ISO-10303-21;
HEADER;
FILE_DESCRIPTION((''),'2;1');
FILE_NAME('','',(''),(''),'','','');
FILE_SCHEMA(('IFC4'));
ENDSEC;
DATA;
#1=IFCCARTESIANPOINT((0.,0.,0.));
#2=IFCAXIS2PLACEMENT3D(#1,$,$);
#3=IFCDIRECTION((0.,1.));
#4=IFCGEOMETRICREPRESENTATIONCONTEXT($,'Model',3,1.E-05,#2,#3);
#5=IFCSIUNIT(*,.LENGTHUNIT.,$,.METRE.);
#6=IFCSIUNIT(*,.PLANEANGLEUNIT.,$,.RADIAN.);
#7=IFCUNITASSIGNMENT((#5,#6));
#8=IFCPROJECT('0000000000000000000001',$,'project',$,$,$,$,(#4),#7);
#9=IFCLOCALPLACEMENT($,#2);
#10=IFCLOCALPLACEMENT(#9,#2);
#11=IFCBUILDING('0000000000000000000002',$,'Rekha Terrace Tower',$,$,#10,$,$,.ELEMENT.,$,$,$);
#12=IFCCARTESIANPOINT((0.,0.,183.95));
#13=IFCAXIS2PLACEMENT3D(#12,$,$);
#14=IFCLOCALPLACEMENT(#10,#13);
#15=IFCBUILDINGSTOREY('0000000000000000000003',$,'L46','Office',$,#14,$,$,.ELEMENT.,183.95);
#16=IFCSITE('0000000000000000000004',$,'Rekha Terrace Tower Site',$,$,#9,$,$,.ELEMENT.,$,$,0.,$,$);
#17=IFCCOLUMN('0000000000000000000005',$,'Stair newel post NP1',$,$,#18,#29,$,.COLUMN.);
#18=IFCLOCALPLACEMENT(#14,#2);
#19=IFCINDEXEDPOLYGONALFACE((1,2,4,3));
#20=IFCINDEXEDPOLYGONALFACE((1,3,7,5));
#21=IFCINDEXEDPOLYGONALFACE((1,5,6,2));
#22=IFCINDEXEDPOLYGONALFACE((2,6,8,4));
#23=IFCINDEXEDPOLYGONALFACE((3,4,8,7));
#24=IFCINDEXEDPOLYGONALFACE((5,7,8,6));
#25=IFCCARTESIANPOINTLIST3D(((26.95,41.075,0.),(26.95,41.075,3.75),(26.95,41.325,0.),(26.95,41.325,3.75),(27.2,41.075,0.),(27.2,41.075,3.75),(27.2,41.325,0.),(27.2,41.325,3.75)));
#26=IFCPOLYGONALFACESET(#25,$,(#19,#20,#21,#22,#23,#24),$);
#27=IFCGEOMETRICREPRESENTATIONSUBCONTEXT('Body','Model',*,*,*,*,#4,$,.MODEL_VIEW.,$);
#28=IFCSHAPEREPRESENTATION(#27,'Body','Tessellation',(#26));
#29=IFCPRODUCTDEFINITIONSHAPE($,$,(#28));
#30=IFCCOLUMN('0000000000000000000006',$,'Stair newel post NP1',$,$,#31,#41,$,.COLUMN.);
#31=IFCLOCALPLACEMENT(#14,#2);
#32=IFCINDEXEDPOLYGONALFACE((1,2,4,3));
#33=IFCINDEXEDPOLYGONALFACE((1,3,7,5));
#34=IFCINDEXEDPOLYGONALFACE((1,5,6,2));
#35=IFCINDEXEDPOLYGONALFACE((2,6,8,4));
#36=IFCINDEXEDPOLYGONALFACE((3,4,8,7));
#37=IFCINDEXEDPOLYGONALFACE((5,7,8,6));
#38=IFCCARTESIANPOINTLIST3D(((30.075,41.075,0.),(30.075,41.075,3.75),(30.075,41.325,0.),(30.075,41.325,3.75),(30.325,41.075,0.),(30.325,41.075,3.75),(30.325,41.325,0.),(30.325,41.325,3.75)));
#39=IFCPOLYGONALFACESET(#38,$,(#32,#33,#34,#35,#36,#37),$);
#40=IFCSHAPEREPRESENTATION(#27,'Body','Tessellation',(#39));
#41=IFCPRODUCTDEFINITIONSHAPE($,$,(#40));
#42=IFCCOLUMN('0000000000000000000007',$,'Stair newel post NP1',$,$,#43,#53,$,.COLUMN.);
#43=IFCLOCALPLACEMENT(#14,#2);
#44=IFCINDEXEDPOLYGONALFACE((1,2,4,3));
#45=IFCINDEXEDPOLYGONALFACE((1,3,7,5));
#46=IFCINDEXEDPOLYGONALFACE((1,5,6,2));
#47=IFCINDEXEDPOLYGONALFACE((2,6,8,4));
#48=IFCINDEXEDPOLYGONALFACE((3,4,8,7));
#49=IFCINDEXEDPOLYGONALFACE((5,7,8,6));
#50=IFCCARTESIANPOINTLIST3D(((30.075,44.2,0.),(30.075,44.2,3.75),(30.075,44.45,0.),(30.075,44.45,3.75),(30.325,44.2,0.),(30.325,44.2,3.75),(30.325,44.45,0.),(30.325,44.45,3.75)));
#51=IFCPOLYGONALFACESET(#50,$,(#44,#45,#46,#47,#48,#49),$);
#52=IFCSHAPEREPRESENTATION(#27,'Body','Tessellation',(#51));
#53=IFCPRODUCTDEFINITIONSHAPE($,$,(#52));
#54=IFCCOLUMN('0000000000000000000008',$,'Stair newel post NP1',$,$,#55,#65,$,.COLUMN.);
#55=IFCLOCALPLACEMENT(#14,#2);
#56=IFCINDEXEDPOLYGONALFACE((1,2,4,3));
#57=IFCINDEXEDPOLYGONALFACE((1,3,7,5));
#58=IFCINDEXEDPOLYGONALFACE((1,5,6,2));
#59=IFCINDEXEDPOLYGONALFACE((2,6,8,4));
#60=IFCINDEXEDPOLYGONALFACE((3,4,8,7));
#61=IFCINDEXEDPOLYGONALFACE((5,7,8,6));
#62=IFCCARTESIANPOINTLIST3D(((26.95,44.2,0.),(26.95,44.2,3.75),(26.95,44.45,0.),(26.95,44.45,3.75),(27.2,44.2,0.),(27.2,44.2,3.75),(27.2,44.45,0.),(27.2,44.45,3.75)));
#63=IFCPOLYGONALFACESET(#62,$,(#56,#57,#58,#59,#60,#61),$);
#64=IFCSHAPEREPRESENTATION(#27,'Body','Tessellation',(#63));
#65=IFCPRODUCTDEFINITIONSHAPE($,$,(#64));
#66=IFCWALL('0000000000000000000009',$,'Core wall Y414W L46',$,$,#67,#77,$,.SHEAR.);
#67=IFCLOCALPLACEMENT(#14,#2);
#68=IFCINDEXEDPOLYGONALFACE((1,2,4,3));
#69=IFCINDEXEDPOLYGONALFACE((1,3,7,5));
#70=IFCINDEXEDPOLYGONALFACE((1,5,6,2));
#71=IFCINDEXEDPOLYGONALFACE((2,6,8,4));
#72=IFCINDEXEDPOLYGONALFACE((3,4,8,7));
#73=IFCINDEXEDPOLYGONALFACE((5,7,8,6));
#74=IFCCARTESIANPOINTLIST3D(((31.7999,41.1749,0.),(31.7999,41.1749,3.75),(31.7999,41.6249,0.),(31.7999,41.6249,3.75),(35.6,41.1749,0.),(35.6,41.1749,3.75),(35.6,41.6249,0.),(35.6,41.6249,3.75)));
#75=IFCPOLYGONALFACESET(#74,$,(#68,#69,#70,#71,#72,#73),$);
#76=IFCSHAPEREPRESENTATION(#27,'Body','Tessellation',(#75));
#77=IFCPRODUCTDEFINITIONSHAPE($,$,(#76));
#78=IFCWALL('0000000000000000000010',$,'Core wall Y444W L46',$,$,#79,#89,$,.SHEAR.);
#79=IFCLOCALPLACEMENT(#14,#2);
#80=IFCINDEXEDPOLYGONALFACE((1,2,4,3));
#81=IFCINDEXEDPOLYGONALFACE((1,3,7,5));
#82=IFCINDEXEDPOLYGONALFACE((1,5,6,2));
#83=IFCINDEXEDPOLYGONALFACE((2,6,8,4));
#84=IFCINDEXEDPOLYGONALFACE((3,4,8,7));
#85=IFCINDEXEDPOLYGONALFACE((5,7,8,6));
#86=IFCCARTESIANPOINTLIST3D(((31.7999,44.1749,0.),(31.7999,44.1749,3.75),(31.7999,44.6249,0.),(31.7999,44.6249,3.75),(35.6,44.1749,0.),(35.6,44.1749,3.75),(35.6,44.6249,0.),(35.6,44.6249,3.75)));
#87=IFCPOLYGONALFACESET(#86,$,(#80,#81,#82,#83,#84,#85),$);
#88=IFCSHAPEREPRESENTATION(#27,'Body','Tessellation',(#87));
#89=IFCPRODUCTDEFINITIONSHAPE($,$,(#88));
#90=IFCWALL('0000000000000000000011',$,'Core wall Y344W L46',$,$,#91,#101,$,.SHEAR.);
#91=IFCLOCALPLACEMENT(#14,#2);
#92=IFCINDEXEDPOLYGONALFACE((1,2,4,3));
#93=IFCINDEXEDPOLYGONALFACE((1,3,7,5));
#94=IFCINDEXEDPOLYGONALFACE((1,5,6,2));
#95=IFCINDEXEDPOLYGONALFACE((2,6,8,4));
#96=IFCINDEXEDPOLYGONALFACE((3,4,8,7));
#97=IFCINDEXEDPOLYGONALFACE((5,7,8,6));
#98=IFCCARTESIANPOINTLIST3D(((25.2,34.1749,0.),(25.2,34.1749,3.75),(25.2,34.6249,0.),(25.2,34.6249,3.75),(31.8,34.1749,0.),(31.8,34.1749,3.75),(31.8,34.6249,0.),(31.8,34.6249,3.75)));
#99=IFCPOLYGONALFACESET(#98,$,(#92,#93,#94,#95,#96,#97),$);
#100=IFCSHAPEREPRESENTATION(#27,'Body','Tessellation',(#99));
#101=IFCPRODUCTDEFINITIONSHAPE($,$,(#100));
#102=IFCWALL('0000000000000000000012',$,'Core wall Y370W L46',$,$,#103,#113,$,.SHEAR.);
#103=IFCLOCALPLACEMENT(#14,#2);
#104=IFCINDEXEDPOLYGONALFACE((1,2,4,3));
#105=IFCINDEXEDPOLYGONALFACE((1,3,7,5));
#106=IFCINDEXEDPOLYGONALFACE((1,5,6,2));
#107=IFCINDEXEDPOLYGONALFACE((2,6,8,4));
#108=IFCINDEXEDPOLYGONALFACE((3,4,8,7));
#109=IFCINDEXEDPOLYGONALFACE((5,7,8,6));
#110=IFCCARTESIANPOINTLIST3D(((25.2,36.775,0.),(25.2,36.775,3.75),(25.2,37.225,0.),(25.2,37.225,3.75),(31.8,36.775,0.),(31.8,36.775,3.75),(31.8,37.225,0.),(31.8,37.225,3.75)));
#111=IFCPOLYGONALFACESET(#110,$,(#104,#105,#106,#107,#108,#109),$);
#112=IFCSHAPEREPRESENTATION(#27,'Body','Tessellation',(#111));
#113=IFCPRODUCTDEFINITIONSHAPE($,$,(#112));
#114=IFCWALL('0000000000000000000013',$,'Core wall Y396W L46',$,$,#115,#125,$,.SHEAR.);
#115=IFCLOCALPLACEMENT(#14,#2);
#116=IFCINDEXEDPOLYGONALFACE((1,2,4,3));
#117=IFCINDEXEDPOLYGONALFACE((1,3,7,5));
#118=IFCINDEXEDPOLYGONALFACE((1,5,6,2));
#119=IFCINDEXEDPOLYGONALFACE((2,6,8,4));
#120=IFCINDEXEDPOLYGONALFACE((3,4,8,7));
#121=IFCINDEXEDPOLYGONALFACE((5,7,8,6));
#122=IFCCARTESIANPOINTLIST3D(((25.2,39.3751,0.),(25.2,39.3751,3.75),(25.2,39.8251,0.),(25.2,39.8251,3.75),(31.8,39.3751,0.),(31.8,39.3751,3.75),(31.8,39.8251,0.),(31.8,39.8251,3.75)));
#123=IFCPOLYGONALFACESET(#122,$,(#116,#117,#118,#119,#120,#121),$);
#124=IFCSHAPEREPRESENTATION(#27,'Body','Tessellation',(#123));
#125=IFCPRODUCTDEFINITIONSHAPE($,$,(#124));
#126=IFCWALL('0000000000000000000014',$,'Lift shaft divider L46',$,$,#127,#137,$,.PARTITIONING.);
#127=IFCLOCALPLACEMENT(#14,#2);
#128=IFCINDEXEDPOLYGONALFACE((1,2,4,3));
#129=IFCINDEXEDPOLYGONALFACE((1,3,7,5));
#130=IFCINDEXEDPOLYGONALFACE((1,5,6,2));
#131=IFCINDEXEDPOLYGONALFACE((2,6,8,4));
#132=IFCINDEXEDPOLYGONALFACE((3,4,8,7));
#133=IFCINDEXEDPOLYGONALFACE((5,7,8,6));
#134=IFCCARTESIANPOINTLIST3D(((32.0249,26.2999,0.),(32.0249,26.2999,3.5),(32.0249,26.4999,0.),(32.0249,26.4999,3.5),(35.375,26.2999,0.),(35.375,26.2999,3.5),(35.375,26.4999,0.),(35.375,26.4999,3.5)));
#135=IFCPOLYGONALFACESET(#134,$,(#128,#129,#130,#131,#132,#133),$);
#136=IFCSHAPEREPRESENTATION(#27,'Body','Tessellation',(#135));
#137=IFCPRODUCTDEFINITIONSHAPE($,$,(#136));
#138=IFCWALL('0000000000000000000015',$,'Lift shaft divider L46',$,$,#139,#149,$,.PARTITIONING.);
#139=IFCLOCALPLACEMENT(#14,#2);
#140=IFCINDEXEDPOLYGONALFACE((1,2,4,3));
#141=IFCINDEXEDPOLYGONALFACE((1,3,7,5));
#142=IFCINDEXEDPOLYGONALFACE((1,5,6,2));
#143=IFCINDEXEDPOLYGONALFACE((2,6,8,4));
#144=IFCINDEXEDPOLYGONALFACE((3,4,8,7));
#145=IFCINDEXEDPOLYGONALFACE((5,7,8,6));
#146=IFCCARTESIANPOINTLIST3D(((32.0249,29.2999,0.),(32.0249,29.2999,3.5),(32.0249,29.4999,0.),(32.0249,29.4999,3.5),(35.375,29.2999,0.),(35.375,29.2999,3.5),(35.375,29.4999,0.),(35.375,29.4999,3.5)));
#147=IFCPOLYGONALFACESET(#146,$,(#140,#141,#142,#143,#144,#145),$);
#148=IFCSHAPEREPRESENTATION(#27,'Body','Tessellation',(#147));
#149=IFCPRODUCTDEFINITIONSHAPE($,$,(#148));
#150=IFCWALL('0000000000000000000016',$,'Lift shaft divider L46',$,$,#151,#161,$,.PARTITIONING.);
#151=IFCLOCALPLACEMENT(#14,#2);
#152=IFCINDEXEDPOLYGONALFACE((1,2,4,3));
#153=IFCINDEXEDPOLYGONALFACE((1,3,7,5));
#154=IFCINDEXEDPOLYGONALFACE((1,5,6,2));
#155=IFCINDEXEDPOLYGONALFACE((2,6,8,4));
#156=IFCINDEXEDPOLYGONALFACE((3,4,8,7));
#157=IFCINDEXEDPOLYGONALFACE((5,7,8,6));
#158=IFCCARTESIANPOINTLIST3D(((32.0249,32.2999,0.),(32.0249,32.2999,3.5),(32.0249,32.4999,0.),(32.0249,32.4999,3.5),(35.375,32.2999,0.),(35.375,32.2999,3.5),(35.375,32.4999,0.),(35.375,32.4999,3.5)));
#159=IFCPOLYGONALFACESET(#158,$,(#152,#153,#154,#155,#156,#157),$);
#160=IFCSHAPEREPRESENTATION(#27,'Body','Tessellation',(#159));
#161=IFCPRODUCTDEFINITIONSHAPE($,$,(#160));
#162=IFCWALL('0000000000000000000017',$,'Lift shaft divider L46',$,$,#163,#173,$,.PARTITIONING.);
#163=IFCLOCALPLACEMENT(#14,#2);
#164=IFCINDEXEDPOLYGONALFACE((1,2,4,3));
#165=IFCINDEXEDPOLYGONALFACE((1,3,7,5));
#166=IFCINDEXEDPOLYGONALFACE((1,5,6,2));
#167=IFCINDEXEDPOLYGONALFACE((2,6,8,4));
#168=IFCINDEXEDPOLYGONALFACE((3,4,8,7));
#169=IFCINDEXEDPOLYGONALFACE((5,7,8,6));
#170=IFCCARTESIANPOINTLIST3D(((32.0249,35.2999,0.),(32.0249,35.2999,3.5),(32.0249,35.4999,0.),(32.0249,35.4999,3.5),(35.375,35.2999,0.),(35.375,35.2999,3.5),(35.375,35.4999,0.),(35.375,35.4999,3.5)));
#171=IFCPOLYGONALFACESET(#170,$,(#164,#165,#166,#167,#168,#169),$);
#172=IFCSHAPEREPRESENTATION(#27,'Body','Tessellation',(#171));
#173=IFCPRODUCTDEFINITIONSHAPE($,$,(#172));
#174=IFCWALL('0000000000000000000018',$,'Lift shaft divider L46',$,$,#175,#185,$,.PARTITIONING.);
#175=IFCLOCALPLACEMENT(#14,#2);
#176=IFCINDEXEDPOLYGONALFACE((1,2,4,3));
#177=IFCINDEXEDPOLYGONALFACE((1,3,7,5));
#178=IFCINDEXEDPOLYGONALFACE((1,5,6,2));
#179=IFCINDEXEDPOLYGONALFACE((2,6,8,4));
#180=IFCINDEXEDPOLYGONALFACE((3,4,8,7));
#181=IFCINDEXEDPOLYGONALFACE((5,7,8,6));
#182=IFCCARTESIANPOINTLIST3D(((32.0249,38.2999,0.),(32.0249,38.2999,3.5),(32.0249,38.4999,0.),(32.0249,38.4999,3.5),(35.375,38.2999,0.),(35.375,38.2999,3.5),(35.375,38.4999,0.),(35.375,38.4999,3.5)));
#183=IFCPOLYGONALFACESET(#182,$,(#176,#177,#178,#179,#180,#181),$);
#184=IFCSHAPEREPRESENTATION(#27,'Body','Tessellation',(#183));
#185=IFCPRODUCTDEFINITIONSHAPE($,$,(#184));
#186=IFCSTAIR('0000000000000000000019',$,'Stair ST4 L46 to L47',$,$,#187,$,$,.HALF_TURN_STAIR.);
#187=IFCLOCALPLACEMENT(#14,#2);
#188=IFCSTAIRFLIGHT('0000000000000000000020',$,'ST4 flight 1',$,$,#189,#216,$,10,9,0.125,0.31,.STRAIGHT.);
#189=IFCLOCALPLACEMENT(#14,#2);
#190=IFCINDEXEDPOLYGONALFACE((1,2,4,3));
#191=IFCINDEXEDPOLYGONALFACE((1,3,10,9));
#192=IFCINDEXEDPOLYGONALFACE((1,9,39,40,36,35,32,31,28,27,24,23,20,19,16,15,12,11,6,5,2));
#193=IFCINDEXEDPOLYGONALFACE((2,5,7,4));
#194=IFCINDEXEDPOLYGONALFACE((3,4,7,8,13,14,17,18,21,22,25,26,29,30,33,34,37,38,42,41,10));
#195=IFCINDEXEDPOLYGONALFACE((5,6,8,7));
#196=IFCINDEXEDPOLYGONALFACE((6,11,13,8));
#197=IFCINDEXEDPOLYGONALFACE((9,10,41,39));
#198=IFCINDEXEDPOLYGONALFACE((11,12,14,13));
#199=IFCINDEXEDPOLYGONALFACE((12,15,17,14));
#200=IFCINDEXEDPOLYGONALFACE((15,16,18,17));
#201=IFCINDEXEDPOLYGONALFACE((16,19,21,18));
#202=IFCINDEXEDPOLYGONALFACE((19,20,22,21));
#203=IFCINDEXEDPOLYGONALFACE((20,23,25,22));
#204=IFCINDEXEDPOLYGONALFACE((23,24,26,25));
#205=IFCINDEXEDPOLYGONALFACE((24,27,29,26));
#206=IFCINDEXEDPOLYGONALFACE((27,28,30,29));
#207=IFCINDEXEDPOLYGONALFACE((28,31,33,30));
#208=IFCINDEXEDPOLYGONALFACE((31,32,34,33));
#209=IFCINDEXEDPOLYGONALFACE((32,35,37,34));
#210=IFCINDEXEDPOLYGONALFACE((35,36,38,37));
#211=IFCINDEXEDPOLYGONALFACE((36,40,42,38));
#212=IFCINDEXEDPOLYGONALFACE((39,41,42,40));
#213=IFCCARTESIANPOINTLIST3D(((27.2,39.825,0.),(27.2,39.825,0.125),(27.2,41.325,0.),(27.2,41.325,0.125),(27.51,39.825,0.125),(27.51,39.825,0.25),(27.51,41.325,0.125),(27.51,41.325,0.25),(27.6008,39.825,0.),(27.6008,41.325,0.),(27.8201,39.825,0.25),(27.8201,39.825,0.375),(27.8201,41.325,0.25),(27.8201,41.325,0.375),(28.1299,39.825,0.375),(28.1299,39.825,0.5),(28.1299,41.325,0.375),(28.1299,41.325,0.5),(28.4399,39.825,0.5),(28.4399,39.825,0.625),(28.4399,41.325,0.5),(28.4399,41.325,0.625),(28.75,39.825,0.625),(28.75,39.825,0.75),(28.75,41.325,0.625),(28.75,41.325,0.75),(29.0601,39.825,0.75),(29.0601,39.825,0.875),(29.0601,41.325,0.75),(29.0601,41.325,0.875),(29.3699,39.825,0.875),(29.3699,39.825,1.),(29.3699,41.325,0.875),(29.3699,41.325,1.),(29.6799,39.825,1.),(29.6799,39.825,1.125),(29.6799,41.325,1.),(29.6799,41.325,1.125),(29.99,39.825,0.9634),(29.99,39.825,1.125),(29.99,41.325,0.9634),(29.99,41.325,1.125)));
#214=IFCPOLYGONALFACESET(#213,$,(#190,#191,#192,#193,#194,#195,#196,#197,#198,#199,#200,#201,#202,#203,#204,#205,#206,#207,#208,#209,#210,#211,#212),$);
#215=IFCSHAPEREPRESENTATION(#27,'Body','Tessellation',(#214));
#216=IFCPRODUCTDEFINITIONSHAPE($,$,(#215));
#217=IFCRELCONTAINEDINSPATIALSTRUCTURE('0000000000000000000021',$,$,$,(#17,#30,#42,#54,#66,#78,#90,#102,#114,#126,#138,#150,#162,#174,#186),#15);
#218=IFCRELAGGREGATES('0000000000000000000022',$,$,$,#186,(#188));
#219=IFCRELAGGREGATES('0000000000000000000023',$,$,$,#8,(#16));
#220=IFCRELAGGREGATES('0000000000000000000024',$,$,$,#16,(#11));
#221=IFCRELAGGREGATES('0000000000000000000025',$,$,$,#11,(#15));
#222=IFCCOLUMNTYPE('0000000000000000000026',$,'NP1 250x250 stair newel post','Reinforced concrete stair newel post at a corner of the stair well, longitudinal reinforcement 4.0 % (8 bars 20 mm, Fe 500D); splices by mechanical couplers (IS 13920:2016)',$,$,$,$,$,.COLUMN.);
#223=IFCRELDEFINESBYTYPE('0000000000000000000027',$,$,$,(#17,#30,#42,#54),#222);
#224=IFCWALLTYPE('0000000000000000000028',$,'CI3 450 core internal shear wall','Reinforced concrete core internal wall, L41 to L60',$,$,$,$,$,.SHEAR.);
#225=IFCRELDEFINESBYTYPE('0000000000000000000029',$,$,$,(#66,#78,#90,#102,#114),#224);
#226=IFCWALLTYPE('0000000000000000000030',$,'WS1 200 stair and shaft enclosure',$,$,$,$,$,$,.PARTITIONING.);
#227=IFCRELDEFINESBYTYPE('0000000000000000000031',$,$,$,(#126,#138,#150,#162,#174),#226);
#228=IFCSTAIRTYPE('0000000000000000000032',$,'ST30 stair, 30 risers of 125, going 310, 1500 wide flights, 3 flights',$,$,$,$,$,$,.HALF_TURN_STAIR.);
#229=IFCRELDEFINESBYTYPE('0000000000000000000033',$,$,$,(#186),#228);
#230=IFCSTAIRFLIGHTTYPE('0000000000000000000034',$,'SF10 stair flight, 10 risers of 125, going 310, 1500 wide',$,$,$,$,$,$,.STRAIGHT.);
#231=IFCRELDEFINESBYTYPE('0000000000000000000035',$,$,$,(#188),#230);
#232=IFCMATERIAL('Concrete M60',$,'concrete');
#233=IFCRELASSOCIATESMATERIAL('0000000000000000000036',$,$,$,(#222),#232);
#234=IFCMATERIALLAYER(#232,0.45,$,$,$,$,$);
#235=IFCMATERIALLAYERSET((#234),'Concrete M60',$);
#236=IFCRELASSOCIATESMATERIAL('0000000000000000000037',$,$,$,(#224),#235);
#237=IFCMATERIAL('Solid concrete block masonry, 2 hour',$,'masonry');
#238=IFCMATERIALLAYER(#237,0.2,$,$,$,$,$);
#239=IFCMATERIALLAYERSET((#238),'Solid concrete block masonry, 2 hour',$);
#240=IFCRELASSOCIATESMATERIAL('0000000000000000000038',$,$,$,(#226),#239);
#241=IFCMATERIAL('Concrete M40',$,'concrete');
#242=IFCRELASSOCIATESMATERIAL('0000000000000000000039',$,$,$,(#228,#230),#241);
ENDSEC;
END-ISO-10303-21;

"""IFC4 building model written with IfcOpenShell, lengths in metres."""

from ifc_helpers import new_model, si_unit, direction, frame, frame_2d, origin, origin_2d, place, context, subcontext, project, spatial, polyline, rectangle, outline, extrude, material, layer, layer_set, material_profile, profile_set, type_object, element, aggregate, save


model = new_model("IFC4")

# Units and contexts
model_context = context("Model", 3, precision=1e-05, world=origin(), true_north=direction((0.0, 1.0)))
body_context = subcontext(model_context, "Body", "Model", "MODEL_VIEW")
ifc_project = project(units=[si_unit("LENGTHUNIT", "METRE"), si_unit("PLANEANGLEUNIT", "RADIAN")], contexts=[model_context])

# Site, building, storey
site_placement = place(None, origin())
site = spatial("IfcSite", under=ifc_project, at=site_placement, Name="Rekha Terrace Tower Site", CompositionType="ELEMENT", RefElevation=0.0)
building_placement = place(site_placement, origin())
building = spatial("IfcBuilding", under=site, at=building_placement, Name="Rekha Terrace Tower", CompositionType="ELEMENT")
storey_placement = place(building_placement, frame((0.0, 0.0, 183.95)))
storey = spatial("IfcBuildingStorey", under=building, at=storey_placement, Name="L46", Description="Office", CompositionType="ELEMENT", Elevation=183.95)

# Columns
ifc_material_1 = material(Name="Concrete M60", Category="concrete")
ifc_material_profile = material_profile(ifc_material_1, rectangle(XDim=0.25, YDim=0.25, at=origin_2d()), Name="RC 250x250")
ifc_profile_set = profile_set([ifc_material_profile], Name="Concrete M60")
column_type = type_object("IfcColumnType", Name="NP1 250x250 stair newel post", Description="Reinforced concrete stair newel post at a corner of the stair well, longitudinal reinforcement 4.0 % (8 bars 20 mm, Fe 500D); splices by mechanical couplers (IS 13920:2016)", PredefinedType="COLUMN", material=ifc_profile_set)
for number, where, z_axis, x_axis, name in (
    (1, (27.075, 41.2, 0.0), (0.0, 0.0, 1.0), (1.0, 0.0, 0.0), "Stair newel post NP1"),
    (2, (30.2, 41.2, 0.0), (0.0, 0.0, 1.0), (1.0, 0.0, 0.0), "Stair newel post NP1"),
    (3, (30.2, 44.325, 0.0), (0.0, 0.0, 1.0), (1.0, 0.0, 0.0), "Stair newel post NP1"),
    (4, (27.075, 44.325, 0.0), (0.0, 0.0, 1.0), (1.0, 0.0, 0.0), "Stair newel post NP1"),
):
    element("IfcColumn", number, at=place(storey_placement, frame(where, z_axis=z_axis, x_axis=x_axis)), inside=storey, type_object=column_type, Name=name, PredefinedType="COLUMN", context=body_context, shape_type="SweptSolid", body=[
        extrude(rectangle(XDim=0.25, YDim=0.25, at=origin_2d()), origin(), (0.0, 0.0, 1.0), 3.75),
    ])

# Walls
ifc_layer_1 = layer(ifc_material_1, 0.45)
ifc_layer_set_1 = layer_set([ifc_layer_1], Name="Concrete M60")
wall_type_1 = type_object("IfcWallType", Name="CI3 450 core internal shear wall", Description="Reinforced concrete core internal wall, L41 to L60", PredefinedType="SHEAR", material=ifc_layer_set_1)
for number, where, z_axis, x_axis, name in (
    (5, (31.8, 41.3999, 0.0), (0.0, 0.0, 1.0), (1.0, 0.0, 0.0), "Core wall Y414W L46"),
    (6, (31.8, 44.3999, 0.0), (0.0, 0.0, 1.0), (1.0, 0.0, 0.0), "Core wall Y444W L46"),
):
    element("IfcWall", number, at=place(storey_placement, frame(where, z_axis=z_axis, x_axis=x_axis)), inside=storey, type_object=wall_type_1, Name=name, PredefinedType="SHEAR", context=body_context, shape_type="SweptSolid", body=[
        extrude(rectangle(XDim=3.8, YDim=0.45, at=frame_2d((1.8999, 0.0))), origin(), (0.0, 0.0, 1.0), 3.75),
    ])
for number, where, z_axis, x_axis, name in (
    (7, (25.2, 34.3999, 0.0), (0.0, 0.0, 1.0), (1.0, 0.0, 0.0), "Core wall Y344W L46"),
    (8, (25.2, 37.0, 0.0), (0.0, 0.0, 1.0), (1.0, 0.0, 0.0), "Core wall Y370W L46"),
    (9, (25.2, 39.6001, 0.0), (0.0, 0.0, 1.0), (1.0, 0.0, 0.0), "Core wall Y396W L46"),
):
    element("IfcWall", number, at=place(storey_placement, frame(where, z_axis=z_axis, x_axis=x_axis)), inside=storey, type_object=wall_type_1, Name=name, PredefinedType="SHEAR", context=body_context, shape_type="SweptSolid", body=[
        extrude(rectangle(XDim=6.6001, YDim=0.45, at=frame_2d((3.3, 0.0))), origin(), (0.0, 0.0, 1.0), 3.75),
    ])
ifc_material_2 = material(Name="Solid concrete block masonry, 2 hour", Category="masonry")
ifc_layer_2 = layer(ifc_material_2, 0.2)
ifc_layer_set_2 = layer_set([ifc_layer_2], Name="Solid concrete block masonry, 2 hour")
wall_type_2 = type_object("IfcWallType", Name="WS1 200 stair and shaft enclosure", PredefinedType="PARTITIONING", material=ifc_layer_set_2)
for number, where, z_axis, x_axis, name in (
    (10, (32.0249, 26.3999, 0.0), (0.0, 0.0, 1.0), (1.0, 0.0, 0.0), "Lift shaft divider L46"),
    (11, (32.0249, 29.3999, 0.0), (0.0, 0.0, 1.0), (1.0, 0.0, 0.0), "Lift shaft divider L46"),
    (12, (32.0249, 32.3999, 0.0), (0.0, 0.0, 1.0), (1.0, 0.0, 0.0), "Lift shaft divider L46"),
    (13, (32.0249, 35.3999, 0.0), (0.0, 0.0, 1.0), (1.0, 0.0, 0.0), "Lift shaft divider L46"),
    (14, (32.0249, 38.3999, 0.0), (0.0, 0.0, 1.0), (1.0, 0.0, 0.0), "Lift shaft divider L46"),
):
    element("IfcWall", number, at=place(storey_placement, frame(where, z_axis=z_axis, x_axis=x_axis)), inside=storey, type_object=wall_type_2, Name=name, PredefinedType="PARTITIONING", context=body_context, shape_type="SweptSolid", body=[
        extrude(rectangle(XDim=3.3501, YDim=0.2, at=frame_2d((1.675, 0.0))), origin(), (0.0, 0.0, 1.0), 3.5),
    ])

# Stair, stair flight
ifc_material_3 = material(Name="Concrete M40", Category="concrete")
stair_type = type_object("IfcStairType", Name="ST30 stair, 30 risers of 125, going 310, 1500 wide flights, 3 flights", PredefinedType="HALF_TURN_STAIR", material=ifc_material_3)
stair_placement = place(storey_placement, origin())
stair = element("IfcStair", 15, at=stair_placement, inside=storey, type_object=stair_type, Name="Stair ST4 L46 to L47", PredefinedType="HALF_TURN_STAIR")
stair_flight_type = type_object("IfcStairFlightType", Name="SF10 stair flight, 10 risers of 125, going 310, 1500 wide", PredefinedType="STRAIGHT", material=ifc_material_3)
stair_flight_1_placement = place(storey_placement, frame((27.2, 40.575, 0.0), z_axis=(0.0, 0.0, 1.0), x_axis=(1.0, 0.0, 0.0)))
stair_flight_1 = element("IfcStairFlight", 16, at=stair_flight_1_placement, type_object=stair_flight_type, Name="ST4 flight 1", NumberOfRisers=10, NumberOfTreads=9, PredefinedType="STRAIGHT", RiserHeight=0.125, TreadLength=0.31, context=body_context, shape_type="SweptSolid", body=[
    extrude(outline(polyline([(0.0, 0.0), (0.0, 0.125), (0.3101, 0.125), (0.3101, 0.25), (0.6201, 0.25), (0.6201, 0.375), (0.9299, 0.375), (0.9299, 0.5), (1.24, 0.5), (1.24, 0.625), (1.55, 0.625), (1.55, 0.75), (1.8601, 0.75), (1.8601, 0.875), (2.1699, 0.875), (2.1699, 1.0), (2.48, 1.0), (2.48, 1.125), (2.79, 1.125), (2.79, 1.25), (2.79, 0.9634), (0.4009, 0.0), (0.0, 0.0)])), frame((0.0, 0.75, 0.0), z_axis=(0.0, -1.0, 0.0), x_axis=(1.0, 0.0, 0.0)), (0.0, 0.0, 1.0), 1.5),
])
aggregate(stair, [stair_flight_1])

save(model, "model.ifc")
